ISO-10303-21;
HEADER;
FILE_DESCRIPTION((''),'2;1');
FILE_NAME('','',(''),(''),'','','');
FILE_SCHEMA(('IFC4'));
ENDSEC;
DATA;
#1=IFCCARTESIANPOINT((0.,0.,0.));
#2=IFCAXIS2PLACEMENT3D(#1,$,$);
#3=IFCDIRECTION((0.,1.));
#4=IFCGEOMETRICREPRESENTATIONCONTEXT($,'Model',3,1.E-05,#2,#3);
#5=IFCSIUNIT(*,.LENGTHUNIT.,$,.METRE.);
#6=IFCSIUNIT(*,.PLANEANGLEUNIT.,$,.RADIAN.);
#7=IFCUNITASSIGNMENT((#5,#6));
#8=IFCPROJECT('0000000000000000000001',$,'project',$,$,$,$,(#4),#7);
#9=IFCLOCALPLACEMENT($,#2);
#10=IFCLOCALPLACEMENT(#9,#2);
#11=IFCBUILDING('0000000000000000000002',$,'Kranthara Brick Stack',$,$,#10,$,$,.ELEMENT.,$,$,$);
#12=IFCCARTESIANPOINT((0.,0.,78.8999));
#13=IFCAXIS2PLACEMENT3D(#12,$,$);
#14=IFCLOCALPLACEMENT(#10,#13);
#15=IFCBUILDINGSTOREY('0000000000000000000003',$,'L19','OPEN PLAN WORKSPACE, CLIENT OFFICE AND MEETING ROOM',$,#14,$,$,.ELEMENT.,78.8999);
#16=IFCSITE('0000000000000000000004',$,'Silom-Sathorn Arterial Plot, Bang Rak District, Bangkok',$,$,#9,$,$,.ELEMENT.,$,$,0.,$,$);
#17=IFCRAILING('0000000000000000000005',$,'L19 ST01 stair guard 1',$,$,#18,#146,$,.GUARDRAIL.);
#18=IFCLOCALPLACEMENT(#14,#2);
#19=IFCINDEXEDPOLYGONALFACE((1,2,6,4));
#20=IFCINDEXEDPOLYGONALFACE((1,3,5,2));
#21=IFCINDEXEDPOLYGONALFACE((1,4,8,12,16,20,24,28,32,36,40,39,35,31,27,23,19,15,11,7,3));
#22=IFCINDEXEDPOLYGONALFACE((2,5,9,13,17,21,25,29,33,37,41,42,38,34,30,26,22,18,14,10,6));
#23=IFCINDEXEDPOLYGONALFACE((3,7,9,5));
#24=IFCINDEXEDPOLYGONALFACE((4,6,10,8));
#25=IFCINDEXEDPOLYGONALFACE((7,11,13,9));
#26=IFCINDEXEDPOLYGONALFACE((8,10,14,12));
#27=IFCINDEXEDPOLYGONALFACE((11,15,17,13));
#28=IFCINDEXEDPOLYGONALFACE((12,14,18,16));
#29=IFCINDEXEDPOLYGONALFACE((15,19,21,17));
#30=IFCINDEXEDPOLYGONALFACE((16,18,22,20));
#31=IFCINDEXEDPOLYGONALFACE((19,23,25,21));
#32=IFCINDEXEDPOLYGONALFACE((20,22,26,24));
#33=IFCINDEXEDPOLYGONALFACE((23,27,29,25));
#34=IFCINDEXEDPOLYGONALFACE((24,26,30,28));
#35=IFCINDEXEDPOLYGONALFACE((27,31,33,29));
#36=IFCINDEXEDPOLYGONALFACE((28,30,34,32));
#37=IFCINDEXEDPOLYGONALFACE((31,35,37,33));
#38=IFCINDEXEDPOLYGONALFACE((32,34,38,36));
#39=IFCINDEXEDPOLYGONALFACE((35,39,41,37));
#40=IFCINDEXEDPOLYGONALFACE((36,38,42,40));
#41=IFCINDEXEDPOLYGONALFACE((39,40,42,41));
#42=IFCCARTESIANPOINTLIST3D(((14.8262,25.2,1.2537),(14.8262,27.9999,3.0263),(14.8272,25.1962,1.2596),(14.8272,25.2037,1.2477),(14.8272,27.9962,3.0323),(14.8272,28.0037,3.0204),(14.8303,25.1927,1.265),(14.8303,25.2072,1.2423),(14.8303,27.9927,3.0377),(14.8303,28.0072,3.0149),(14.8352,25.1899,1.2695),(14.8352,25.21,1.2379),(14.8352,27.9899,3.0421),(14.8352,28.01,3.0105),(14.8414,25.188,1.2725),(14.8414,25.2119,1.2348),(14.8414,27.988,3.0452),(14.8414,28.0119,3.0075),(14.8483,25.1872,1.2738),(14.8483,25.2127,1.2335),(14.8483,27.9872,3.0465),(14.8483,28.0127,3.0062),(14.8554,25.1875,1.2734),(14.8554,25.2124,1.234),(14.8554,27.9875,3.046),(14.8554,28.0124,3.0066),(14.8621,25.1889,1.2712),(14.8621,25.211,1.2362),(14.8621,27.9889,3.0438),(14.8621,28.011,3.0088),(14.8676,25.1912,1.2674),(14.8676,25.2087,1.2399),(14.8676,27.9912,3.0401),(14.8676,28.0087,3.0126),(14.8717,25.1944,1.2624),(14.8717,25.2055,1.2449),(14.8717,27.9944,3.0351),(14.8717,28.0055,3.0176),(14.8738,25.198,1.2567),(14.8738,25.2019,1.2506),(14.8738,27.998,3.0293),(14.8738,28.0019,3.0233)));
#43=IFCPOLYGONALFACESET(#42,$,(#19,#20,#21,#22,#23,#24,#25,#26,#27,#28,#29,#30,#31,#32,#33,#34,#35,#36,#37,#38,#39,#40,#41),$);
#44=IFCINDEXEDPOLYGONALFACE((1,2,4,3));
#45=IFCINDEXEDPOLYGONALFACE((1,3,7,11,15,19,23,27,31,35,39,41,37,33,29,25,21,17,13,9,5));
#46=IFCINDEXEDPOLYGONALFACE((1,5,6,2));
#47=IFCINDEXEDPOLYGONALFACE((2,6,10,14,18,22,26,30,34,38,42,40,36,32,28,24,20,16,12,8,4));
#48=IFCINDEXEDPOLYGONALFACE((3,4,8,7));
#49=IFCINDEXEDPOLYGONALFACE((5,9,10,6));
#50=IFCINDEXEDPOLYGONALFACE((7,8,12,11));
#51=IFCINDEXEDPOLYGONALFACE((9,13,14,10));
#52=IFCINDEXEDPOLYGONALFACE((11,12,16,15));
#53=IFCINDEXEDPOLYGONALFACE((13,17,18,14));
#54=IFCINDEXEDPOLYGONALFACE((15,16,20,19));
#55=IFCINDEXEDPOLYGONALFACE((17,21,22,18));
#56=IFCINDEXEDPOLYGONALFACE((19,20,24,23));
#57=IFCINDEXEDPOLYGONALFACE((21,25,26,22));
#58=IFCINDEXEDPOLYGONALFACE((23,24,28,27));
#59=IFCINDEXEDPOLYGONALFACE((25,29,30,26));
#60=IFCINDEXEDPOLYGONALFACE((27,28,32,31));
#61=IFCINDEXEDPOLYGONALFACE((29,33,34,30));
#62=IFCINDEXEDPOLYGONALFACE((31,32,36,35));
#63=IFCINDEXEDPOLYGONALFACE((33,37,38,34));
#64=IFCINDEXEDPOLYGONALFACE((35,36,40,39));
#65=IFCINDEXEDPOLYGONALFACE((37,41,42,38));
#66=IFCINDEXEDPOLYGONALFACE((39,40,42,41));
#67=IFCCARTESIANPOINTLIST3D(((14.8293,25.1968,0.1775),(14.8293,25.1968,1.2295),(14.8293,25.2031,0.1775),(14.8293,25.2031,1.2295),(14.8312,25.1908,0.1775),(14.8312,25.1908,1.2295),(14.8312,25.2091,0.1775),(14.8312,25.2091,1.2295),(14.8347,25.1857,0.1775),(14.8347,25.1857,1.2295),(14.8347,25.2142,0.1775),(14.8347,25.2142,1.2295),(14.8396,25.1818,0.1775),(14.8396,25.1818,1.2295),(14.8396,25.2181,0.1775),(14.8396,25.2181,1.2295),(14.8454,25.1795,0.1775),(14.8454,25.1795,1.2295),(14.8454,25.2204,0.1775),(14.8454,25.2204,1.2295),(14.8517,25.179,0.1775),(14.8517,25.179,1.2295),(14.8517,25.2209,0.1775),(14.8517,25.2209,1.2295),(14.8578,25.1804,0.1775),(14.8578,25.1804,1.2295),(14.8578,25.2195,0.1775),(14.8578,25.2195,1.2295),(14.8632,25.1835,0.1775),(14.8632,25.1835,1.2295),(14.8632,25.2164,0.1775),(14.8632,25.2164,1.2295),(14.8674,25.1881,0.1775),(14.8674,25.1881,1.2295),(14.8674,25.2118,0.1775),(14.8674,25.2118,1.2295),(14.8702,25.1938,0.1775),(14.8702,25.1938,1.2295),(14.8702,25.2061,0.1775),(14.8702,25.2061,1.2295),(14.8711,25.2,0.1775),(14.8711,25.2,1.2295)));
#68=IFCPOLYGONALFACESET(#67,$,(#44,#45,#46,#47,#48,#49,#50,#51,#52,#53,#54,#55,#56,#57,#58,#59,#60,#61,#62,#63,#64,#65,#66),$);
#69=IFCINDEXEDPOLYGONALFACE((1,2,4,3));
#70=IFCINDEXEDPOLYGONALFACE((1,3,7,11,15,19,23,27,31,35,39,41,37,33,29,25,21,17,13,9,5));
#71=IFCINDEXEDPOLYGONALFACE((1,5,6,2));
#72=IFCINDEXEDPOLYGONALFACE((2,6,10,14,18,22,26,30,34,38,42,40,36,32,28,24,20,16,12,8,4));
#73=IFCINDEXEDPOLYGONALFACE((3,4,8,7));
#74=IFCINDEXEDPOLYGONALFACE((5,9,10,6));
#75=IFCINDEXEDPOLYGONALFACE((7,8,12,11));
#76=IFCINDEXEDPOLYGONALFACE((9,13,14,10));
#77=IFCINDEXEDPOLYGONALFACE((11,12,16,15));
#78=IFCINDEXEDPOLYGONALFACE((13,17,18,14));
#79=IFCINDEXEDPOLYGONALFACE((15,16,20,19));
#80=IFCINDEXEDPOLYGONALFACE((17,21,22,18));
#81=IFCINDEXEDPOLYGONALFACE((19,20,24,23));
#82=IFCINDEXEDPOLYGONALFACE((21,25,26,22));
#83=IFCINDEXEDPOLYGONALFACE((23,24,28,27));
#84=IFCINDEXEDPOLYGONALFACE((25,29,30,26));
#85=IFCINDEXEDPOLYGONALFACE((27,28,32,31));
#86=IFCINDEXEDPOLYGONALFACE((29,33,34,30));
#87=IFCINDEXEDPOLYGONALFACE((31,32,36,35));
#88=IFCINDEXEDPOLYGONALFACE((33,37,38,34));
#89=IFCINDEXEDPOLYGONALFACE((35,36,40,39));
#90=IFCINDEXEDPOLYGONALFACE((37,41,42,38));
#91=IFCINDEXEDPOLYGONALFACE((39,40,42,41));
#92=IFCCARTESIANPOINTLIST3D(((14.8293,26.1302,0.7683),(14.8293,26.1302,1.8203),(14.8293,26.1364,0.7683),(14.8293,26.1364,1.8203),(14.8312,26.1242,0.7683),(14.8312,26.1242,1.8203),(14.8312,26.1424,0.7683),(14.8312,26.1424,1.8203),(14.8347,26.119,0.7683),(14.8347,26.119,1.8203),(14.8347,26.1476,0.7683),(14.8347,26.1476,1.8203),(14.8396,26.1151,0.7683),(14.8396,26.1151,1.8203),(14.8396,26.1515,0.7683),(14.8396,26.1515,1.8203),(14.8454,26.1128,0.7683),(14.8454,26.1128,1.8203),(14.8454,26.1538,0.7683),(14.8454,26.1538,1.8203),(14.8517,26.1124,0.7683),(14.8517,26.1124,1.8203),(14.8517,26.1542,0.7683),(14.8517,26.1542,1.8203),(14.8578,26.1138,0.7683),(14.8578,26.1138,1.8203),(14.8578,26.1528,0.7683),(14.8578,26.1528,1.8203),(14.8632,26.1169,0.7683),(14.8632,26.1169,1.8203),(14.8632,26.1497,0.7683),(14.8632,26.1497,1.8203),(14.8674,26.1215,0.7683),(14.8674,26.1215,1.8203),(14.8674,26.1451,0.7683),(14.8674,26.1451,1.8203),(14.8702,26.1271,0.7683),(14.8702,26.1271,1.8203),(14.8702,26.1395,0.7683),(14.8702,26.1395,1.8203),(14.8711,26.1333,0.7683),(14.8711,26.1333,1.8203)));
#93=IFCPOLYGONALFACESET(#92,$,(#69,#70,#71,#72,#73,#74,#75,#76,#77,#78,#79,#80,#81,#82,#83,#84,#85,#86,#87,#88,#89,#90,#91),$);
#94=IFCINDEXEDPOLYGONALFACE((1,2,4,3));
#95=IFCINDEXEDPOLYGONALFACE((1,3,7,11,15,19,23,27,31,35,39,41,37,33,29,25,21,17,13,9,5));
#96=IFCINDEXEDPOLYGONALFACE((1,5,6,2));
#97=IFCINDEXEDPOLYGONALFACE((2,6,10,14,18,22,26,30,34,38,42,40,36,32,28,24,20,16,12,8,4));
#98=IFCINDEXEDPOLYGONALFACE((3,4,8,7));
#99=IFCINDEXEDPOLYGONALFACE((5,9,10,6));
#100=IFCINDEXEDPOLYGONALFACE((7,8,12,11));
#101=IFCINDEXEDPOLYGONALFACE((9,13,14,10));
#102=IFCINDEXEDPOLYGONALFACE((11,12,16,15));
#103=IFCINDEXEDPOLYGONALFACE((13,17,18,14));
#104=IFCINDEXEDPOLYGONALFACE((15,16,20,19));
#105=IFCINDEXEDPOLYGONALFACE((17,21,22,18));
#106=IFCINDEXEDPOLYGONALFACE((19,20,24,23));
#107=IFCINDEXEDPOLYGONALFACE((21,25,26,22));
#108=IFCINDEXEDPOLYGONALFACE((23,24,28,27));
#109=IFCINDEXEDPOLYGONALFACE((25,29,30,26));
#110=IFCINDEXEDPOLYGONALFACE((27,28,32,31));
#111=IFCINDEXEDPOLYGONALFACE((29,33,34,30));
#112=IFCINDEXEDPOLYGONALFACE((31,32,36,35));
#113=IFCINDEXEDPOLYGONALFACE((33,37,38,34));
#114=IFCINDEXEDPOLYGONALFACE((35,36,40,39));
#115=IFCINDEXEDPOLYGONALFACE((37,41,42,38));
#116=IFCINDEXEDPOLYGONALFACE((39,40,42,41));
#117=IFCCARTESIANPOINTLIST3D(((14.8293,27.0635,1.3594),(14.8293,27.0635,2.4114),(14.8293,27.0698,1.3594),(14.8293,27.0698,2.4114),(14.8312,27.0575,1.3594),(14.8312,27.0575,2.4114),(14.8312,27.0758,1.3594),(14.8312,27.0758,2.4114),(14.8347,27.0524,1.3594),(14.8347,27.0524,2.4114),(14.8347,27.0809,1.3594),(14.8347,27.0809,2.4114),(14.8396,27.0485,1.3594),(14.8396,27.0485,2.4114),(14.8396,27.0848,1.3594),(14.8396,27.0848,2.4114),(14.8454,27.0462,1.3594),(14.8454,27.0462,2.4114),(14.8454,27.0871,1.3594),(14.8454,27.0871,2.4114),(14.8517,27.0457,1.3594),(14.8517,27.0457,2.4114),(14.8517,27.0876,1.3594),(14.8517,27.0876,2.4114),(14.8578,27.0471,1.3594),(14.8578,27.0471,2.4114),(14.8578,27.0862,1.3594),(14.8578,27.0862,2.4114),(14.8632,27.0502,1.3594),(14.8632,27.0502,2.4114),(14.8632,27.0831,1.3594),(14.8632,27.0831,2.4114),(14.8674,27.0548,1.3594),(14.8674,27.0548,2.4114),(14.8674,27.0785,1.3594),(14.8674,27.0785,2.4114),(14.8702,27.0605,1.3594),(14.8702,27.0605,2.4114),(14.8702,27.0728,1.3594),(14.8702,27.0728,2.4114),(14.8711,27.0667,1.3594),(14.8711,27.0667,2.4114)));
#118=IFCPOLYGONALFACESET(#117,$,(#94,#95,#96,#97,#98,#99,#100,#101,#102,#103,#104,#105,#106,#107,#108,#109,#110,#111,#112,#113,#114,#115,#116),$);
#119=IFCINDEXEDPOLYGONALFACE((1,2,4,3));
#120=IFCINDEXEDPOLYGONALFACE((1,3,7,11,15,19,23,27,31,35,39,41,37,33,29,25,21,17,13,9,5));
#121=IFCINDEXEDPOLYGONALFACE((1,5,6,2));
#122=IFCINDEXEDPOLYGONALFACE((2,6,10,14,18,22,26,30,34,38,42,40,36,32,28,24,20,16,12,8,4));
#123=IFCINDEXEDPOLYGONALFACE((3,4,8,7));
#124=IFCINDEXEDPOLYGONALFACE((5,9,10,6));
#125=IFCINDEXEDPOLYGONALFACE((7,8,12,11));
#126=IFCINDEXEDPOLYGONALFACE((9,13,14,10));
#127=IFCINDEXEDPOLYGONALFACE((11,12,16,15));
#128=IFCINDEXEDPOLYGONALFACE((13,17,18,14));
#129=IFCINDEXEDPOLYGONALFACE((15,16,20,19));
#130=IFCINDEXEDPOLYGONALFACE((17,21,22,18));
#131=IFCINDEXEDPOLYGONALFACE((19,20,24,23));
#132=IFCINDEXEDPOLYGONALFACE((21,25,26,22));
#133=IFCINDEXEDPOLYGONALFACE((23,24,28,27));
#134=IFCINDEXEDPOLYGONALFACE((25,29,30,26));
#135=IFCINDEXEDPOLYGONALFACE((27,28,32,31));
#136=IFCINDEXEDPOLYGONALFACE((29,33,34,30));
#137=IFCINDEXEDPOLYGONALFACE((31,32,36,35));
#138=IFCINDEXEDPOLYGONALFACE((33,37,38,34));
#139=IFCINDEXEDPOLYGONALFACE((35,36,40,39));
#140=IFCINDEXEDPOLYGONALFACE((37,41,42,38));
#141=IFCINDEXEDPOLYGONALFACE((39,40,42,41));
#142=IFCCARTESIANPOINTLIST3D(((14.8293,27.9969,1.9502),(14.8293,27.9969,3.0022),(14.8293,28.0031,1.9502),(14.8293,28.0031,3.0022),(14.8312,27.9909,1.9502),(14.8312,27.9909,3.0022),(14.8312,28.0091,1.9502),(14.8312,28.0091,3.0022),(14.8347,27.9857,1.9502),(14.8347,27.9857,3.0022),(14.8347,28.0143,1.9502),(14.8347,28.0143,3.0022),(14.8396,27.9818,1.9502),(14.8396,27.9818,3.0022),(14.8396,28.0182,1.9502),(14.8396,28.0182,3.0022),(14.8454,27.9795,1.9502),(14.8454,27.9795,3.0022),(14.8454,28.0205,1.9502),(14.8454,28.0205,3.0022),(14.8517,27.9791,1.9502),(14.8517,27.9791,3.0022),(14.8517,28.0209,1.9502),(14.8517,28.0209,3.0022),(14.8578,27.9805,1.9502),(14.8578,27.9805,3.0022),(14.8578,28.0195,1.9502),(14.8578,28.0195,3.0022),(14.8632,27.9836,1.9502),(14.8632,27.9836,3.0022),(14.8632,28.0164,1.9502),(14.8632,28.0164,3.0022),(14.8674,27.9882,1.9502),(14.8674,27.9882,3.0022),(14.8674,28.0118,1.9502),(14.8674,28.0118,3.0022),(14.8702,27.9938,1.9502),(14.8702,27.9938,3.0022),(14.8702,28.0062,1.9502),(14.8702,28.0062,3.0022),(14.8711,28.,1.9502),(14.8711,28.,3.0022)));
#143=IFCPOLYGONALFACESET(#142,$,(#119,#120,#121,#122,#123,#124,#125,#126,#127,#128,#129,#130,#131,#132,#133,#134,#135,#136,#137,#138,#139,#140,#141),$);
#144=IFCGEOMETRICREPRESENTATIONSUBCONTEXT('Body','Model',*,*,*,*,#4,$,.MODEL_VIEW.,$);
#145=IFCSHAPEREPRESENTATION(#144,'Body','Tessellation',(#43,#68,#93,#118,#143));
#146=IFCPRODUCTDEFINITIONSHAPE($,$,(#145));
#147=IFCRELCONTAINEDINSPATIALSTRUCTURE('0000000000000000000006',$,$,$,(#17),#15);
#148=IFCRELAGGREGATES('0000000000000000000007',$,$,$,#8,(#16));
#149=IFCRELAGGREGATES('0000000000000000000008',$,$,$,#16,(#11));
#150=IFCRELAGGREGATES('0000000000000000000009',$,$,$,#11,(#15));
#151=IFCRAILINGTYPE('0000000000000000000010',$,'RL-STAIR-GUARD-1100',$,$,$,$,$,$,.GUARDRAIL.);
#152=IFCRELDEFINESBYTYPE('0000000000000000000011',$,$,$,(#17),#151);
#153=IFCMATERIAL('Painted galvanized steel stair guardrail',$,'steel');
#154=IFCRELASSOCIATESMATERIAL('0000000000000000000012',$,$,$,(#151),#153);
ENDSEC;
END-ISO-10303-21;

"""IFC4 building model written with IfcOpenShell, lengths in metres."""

from ifc_helpers import new_model, si_unit, direction, frame, origin, origin_2d, place, context, subcontext, project, spatial, circle, extrude, material, type_object, element, save


model = new_model("IFC4")

# Units and contexts
model_context = context("Model", 3, precision=1e-05, world=origin(), true_north=direction((0.0, 1.0)))
body_context = subcontext(model_context, "Body", "Model", "MODEL_VIEW")
ifc_project = project(units=[si_unit("LENGTHUNIT", "METRE"), si_unit("PLANEANGLEUNIT", "RADIAN")], contexts=[model_context])

# Site, building, storey
site_placement = place(None, origin())
site = spatial("IfcSite", under=ifc_project, at=site_placement, Name="Silom-Sathorn Arterial Plot, Bang Rak District, Bangkok", CompositionType="ELEMENT", RefElevation=0.0)
building_placement = place(site_placement, origin())
building = spatial("IfcBuilding", under=site, at=building_placement, Name="Kranthara Brick Stack", CompositionType="ELEMENT")
storey_placement = place(building_placement, frame((0.0, 0.0, 78.8999)))
storey = spatial("IfcBuildingStorey", under=building, at=storey_placement, Name="L19", Description="OPEN PLAN WORKSPACE, CLIENT OFFICE AND MEETING ROOM", CompositionType="ELEMENT", Elevation=78.8999)

# Railing
ifc_material_1 = material(Name="Painted galvanized steel stair guardrail", Category="steel")
railing_type_1 = type_object("IfcRailingType", Name="RL-STAIR-GUARD-1100", PredefinedType="GUARDRAIL", material=ifc_material_1)
railing_1_placement = place(storey_placement, frame((14.8501, 25.2, 0.1775)))
element("IfcRailing", 1, at=railing_1_placement, inside=storey, type_object=railing_type_1, Name="L19 ST01 stair guard 1", PredefinedType="GUARDRAIL", context=body_context, shape_type="SweptSolid", body=[
    extrude(circle(Radius=0.0239, at=origin_2d()), frame((0.0, 0.0, 1.0762), z_axis=(0.0, 0.844909, 0.53491), x_axis=(-1.0, 0.0, 0.0)), (0.0, 0.0, 1.0), 3.314),
    extrude(circle(Radius=0.021, at=origin_2d()), origin(), (0.0, 0.0, 1.0), 1.052),
    extrude(circle(Radius=0.021, at=origin_2d()), frame((0.0, 0.9333, 0.5908)), (0.0, 0.0, 1.0), 1.052),
    extrude(circle(Radius=0.021, at=origin_2d()), frame((0.0, 1.8667, 1.1819)), (0.0, 0.0, 1.0), 1.052),
    extrude(circle(Radius=0.021, at=origin_2d()), frame((0.0, 2.8, 1.7727)), (0.0, 0.0, 1.0), 1.052),
])

save(model, "model.ifc")
